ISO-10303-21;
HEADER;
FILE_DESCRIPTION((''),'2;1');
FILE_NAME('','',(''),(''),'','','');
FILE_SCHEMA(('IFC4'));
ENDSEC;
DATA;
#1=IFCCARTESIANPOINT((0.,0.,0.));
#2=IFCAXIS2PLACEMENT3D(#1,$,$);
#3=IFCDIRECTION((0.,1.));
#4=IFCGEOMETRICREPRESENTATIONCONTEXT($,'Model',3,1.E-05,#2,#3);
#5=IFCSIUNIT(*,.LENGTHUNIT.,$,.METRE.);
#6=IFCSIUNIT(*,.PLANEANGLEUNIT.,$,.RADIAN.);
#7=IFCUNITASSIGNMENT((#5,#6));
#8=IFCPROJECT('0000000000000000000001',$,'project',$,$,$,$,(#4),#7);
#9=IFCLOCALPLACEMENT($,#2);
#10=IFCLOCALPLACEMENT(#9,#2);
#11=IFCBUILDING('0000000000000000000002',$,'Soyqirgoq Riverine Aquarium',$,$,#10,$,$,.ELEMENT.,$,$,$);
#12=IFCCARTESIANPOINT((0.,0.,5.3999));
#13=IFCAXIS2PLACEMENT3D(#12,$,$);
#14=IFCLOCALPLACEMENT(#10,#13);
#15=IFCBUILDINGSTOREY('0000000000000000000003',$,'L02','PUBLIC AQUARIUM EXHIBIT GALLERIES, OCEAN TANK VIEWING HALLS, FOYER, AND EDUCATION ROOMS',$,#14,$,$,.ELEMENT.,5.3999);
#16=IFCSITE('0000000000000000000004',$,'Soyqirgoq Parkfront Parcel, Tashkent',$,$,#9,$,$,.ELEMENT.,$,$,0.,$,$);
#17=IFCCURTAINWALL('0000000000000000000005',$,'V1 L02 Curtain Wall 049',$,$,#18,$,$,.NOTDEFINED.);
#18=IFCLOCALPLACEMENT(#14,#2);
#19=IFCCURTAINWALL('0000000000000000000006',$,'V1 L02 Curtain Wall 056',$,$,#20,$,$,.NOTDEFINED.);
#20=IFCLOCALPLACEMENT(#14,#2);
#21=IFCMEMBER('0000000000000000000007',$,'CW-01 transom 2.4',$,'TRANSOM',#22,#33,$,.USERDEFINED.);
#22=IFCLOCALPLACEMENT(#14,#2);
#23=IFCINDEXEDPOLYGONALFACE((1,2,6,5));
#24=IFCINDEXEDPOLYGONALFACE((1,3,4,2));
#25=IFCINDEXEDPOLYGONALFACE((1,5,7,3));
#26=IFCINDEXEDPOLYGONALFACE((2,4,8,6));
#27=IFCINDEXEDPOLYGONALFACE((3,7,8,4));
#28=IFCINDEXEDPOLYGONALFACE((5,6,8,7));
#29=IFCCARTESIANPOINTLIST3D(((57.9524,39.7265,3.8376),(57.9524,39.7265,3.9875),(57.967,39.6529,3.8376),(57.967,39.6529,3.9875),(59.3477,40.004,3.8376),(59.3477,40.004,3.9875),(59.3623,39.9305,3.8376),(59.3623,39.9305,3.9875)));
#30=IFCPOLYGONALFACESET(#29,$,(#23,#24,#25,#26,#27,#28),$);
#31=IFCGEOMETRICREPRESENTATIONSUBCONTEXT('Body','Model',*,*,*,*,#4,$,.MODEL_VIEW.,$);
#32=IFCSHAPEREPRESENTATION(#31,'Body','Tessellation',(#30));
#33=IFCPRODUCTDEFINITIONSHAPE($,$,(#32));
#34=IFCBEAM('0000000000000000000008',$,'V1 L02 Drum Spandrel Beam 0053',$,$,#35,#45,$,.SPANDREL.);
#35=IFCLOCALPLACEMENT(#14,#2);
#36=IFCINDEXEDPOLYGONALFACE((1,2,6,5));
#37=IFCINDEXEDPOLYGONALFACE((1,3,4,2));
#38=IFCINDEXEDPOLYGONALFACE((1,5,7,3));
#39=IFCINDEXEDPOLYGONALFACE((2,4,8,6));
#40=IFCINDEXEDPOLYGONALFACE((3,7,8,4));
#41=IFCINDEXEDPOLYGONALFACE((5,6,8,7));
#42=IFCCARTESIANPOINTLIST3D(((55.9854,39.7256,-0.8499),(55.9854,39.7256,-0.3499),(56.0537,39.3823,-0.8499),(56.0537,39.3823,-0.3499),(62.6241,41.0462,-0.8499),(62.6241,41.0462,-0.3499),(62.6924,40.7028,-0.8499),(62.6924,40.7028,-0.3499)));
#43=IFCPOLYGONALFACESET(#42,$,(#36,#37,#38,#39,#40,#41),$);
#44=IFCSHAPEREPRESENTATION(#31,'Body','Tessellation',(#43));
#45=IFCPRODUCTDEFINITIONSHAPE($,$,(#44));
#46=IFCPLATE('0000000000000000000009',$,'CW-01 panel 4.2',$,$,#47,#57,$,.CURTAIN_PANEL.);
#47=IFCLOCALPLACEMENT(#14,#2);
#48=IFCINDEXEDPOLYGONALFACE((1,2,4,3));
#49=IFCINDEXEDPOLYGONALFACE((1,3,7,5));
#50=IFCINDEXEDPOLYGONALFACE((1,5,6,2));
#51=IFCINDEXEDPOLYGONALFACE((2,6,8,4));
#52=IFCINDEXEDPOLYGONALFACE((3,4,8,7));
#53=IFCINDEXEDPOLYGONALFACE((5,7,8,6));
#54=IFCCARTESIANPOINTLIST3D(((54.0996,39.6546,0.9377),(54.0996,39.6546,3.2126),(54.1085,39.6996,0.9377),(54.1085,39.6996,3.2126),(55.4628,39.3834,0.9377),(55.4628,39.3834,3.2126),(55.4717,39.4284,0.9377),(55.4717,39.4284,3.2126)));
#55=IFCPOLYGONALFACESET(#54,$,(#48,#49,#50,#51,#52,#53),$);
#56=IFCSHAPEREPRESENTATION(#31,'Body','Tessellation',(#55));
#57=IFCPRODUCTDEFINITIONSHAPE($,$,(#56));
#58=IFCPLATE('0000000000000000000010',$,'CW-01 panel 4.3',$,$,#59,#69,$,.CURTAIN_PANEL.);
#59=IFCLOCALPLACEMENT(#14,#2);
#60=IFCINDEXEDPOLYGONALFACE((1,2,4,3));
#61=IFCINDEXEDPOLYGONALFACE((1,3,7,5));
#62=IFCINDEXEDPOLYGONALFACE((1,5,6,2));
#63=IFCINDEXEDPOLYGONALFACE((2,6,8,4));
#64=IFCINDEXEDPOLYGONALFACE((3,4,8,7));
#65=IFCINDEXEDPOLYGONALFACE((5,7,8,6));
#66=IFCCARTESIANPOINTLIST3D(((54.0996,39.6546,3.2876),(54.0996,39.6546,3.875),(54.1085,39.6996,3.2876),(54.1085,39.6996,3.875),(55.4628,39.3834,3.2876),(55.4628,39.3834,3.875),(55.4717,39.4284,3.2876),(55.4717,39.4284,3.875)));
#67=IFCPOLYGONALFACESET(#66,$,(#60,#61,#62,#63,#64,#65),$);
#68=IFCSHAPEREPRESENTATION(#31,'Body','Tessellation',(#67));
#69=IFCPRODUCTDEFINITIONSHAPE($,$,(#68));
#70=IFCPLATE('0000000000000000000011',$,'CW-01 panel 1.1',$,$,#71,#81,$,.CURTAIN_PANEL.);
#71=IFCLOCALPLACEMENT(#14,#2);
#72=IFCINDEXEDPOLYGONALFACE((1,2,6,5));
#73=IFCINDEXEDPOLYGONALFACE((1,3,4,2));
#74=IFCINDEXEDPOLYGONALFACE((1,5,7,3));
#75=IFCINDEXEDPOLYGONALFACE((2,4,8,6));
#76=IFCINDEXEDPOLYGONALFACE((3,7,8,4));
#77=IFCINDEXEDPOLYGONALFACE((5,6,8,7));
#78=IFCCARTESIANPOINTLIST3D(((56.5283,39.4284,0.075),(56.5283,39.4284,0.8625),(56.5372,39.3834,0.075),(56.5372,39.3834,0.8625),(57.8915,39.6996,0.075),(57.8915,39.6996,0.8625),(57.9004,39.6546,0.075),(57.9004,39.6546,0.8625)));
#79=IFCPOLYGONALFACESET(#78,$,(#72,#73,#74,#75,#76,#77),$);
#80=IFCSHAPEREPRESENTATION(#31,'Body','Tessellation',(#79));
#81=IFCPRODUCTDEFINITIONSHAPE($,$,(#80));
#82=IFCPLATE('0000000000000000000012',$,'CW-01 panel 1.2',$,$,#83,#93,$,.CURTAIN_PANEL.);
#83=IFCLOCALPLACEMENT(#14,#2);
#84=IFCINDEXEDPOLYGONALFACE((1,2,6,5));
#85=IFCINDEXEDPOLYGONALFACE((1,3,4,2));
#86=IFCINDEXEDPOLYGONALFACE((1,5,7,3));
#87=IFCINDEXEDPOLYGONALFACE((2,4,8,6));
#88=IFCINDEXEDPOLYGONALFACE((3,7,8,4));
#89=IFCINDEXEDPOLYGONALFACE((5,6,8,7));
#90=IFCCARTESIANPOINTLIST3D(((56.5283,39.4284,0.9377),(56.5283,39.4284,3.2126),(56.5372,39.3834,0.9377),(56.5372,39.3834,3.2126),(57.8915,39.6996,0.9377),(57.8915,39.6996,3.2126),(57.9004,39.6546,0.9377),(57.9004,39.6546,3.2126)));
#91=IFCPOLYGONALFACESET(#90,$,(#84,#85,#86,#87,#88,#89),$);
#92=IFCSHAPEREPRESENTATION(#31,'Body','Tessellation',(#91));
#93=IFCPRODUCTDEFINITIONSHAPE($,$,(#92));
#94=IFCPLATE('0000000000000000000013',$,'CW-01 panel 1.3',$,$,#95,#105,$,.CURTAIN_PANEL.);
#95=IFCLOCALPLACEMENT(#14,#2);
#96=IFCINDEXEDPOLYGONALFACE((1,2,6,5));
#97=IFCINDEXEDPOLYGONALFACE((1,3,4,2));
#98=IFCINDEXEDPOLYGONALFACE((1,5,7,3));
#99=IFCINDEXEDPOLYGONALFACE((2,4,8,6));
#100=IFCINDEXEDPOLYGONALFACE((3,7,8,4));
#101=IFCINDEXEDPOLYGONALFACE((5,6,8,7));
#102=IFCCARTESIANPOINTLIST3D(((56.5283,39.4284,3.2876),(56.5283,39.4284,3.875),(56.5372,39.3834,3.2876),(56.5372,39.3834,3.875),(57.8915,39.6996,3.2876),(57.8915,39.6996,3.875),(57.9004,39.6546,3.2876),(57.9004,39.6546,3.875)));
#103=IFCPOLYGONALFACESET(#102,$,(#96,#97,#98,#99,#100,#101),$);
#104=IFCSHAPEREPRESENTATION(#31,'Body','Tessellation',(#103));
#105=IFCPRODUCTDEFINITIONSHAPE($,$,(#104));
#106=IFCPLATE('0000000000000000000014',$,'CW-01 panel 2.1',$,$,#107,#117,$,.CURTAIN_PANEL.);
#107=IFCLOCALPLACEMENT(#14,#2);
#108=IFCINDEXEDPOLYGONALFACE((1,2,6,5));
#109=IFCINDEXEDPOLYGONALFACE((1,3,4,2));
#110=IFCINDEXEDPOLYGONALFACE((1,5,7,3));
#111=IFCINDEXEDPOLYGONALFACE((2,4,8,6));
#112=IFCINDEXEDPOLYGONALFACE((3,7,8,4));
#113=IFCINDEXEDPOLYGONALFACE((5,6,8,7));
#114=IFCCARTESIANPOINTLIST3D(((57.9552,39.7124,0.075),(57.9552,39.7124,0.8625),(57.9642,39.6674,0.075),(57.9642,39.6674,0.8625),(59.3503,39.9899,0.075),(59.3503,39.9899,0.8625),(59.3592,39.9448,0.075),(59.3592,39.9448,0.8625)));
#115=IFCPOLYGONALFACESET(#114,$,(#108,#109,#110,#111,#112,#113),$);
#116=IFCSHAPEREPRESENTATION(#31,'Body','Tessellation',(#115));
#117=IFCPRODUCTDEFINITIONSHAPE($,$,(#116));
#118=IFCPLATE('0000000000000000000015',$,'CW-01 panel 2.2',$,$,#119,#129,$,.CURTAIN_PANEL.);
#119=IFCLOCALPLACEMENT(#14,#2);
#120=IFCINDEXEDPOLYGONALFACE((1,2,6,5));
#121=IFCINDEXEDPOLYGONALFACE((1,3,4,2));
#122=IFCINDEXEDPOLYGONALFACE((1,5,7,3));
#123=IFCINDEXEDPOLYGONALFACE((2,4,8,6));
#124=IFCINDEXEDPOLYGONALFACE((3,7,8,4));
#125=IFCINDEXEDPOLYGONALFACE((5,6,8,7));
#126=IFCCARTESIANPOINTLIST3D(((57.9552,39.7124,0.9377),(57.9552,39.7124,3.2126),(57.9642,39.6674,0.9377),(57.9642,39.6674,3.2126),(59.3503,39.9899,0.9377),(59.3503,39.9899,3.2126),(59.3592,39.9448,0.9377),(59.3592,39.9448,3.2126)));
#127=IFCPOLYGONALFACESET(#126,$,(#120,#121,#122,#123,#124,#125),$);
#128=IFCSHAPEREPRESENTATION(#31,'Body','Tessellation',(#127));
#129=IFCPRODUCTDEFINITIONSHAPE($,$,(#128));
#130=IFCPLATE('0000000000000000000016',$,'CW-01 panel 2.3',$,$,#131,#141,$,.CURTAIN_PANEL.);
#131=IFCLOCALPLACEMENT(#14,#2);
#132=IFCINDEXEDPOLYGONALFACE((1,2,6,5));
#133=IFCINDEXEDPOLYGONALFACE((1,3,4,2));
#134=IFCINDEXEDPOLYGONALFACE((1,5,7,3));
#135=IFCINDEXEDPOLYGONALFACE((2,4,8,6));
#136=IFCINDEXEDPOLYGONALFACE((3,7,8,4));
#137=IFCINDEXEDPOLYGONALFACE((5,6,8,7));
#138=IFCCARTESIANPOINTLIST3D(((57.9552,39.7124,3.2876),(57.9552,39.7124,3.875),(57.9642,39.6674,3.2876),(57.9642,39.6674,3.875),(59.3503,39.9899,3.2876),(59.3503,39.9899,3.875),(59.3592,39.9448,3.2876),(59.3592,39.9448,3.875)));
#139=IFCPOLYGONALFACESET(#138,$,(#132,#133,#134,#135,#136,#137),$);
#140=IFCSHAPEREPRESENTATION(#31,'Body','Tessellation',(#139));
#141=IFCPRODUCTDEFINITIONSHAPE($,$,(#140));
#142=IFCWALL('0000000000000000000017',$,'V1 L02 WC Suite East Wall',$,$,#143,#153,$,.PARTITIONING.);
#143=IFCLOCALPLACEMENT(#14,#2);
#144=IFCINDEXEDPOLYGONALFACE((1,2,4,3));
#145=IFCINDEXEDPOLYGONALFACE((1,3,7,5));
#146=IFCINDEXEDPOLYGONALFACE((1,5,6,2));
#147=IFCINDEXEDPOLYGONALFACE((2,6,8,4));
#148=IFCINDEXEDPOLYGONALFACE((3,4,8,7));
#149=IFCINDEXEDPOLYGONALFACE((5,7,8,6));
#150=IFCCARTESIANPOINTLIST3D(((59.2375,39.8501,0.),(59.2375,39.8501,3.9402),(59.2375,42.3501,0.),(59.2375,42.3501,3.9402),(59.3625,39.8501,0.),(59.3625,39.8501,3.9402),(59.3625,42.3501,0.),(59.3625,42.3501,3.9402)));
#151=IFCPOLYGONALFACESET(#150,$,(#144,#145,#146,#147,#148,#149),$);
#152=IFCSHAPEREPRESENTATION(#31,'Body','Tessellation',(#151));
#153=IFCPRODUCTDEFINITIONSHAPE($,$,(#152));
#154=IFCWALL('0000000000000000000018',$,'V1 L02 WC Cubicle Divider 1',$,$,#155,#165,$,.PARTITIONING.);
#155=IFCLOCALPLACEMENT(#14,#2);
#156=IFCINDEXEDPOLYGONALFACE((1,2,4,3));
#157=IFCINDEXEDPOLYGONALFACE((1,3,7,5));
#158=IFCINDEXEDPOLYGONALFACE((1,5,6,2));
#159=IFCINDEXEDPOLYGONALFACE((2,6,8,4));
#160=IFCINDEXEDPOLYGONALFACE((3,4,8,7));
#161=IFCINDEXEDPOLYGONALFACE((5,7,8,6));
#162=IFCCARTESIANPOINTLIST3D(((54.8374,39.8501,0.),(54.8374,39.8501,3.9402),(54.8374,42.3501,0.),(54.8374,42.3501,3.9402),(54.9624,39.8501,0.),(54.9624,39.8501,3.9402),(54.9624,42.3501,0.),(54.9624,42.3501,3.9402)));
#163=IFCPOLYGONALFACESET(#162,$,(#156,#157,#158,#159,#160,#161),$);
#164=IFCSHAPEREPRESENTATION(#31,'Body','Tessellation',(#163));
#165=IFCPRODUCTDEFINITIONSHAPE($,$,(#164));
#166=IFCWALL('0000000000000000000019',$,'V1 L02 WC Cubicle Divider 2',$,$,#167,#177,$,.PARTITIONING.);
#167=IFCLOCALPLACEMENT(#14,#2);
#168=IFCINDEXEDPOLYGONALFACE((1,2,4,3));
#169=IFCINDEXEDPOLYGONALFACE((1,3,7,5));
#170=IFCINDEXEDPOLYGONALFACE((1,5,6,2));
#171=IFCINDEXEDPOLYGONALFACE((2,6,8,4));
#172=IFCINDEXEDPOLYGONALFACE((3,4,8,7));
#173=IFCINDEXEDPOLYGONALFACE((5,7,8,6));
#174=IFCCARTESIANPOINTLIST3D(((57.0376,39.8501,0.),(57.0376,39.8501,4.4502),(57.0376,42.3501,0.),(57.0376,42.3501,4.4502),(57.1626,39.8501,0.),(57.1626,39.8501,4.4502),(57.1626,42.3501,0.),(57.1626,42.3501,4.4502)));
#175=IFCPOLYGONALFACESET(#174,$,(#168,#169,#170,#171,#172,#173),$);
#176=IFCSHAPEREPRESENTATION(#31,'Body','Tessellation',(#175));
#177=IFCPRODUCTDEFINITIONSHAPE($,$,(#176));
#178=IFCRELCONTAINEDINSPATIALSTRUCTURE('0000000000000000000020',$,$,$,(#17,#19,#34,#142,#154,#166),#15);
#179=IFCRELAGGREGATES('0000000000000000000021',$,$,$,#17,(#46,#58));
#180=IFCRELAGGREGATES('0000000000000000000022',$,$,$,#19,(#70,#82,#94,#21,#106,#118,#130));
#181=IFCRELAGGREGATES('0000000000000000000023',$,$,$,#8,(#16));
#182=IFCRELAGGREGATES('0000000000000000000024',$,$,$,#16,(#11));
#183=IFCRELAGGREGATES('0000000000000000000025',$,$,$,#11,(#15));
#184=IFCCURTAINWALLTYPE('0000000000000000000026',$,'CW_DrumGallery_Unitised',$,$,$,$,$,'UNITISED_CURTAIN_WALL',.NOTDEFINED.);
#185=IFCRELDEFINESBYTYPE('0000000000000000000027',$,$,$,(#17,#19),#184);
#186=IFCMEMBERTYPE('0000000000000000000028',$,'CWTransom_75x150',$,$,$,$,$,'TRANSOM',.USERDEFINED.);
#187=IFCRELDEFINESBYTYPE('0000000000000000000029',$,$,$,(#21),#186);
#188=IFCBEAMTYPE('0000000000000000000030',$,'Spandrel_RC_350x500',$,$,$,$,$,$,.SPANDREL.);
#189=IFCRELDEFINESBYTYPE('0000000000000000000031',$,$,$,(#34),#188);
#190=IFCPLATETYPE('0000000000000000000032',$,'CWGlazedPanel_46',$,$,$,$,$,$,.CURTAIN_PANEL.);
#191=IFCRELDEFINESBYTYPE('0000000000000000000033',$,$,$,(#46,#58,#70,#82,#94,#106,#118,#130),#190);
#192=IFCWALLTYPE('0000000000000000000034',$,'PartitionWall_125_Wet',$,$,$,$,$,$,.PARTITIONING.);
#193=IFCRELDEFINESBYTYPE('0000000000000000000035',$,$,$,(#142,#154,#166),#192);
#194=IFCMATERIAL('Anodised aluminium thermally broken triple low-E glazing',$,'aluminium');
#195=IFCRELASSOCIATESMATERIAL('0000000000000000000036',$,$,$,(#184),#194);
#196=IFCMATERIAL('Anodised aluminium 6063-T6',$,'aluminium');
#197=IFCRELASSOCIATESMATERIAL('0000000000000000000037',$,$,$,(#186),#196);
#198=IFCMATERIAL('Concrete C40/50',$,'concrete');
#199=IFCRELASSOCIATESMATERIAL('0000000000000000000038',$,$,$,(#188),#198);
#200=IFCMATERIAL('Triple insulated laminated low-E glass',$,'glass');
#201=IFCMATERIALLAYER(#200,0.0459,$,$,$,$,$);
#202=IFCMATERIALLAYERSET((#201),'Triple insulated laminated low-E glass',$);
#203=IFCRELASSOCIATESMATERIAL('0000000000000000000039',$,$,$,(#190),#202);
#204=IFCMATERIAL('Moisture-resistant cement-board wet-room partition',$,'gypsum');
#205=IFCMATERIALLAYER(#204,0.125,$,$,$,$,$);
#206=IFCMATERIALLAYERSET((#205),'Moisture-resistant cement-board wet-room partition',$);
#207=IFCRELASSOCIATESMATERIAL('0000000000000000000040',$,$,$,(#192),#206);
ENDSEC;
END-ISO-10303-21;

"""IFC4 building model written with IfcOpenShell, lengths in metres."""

from ifc_helpers import new_model, si_unit, direction, frame, frame_2d, origin, origin_2d, place, context, subcontext, project, spatial, rectangle, extrude, material, layer, layer_set, material_profile, profile_set, type_object, element, aggregate, save


model = new_model("IFC4")

# Units and contexts
model_context = context("Model", 3, precision=1e-05, world=origin(), true_north=direction((0.0, 1.0)))
body_context = subcontext(model_context, "Body", "Model", "MODEL_VIEW")
ifc_project = project(units=[si_unit("LENGTHUNIT", "METRE"), si_unit("PLANEANGLEUNIT", "RADIAN")], contexts=[model_context])

# Site, building, storey
site_placement = place(None, origin())
site = spatial("IfcSite", under=ifc_project, at=site_placement, Name="Soyqirgoq Parkfront Parcel, Tashkent", CompositionType="ELEMENT", RefElevation=0.0)
building_placement = place(site_placement, origin())
building = spatial("IfcBuilding", under=site, at=building_placement, Name="Soyqirgoq Riverine Aquarium", CompositionType="ELEMENT")
storey_placement = place(building_placement, frame((0.0, 0.0, 5.3999)))
storey = spatial("IfcBuildingStorey", under=building, at=storey_placement, Name="L02", Description="PUBLIC AQUARIUM EXHIBIT GALLERIES, OCEAN TANK VIEWING HALLS, FOYER, AND EDUCATION ROOMS", CompositionType="ELEMENT", Elevation=5.3999)

# Curtain wall
ifc_material_1 = material(Name="Anodised aluminium thermally broken triple low-E glazing", Category="aluminium")
curtain_wall_type = type_object("IfcCurtainWallType", Name="CW_DrumGallery_Unitised", ElementType="UNITISED_CURTAIN_WALL", PredefinedType="NOTDEFINED", material=ifc_material_1)
curtain_wall_1_placement = place(storey_placement, origin())
curtain_wall_1 = element("IfcCurtainWall", 1, at=curtain_wall_1_placement, inside=storey, type_object=curtain_wall_type, Name="V1 L02 Curtain Wall 049", PredefinedType="NOTDEFINED")

# Curtain wall, member
curtain_wall_2_placement = place(storey_placement, origin())
curtain_wall_2 = element("IfcCurtainWall", 2, at=curtain_wall_2_placement, inside=storey, type_object=curtain_wall_type, Name="V1 L02 Curtain Wall 056", PredefinedType="NOTDEFINED")
ifc_material_2 = material(Name="Anodised aluminium 6063-T6", Category="aluminium")
ifc_material_profile_1 = material_profile(ifc_material_2, rectangle(XDim=0.075, YDim=0.1499, at=origin_2d()), Name="ALU-T 75x150")
ifc_profile_set_1 = profile_set([ifc_material_profile_1], Name="Anodised aluminium 6063-T6")
member_type_1 = type_object("IfcMemberType", Name="CWTransom_75x150", ElementType="TRANSOM", PredefinedType="USERDEFINED", material=ifc_profile_set_1)
member_1_placement = place(storey_placement, frame((57.9597, 39.6897, 3.9126), z_axis=(0.980778, 0.195126, 0.0), x_axis=(-0.195126, 0.980778, 0.0)))
member_1 = element("IfcMember", 3, at=member_1_placement, type_object=member_type_1, Name="CW-01 transom 2.4", ObjectType="TRANSOM", PredefinedType="USERDEFINED", context=body_context, shape_type="SweptSolid", body=[
    extrude(rectangle(XDim=0.075, YDim=0.1499, at=origin_2d()), origin(), (0.0, 0.0, 1.0), 1.4226),
])

# Beam
ifc_material_3 = material(Name="Concrete C40/50", Category="concrete")
ifc_material_profile_2 = material_profile(ifc_material_3, rectangle(XDim=0.3501, YDim=0.5, at=origin_2d()), Name="RC 350x500")
ifc_profile_set_2 = profile_set([ifc_material_profile_2], Name="Concrete C40/50")
beam_type = type_object("IfcBeamType", Name="Spandrel_RC_350x500", PredefinedType="SPANDREL", material=ifc_profile_set_2)
beam_placement = place(storey_placement, frame((56.0195, 39.554, -0.5999), z_axis=(0.980784, 0.195096, 0.0), x_axis=(-0.195096, 0.980784, 0.0)))
element("IfcBeam", 4, at=beam_placement, inside=storey, type_object=beam_type, Name="V1 L02 Drum Spandrel Beam 0053", PredefinedType="SPANDREL", context=body_context, shape_type="SweptSolid", body=[
    extrude(rectangle(XDim=0.3501, YDim=0.5, at=origin_2d()), origin(), (0.0, 0.0, 1.0), 6.7688),
])

# Plates
ifc_material_4 = material(Name="Triple insulated laminated low-E glass", Category="glass")
ifc_layer_1 = layer(ifc_material_4, 0.0459)
ifc_layer_set_1 = layer_set([ifc_layer_1], Name="Triple insulated laminated low-E glass")
plate_type = type_object("IfcPlateType", Name="CWGlazedPanel_46", PredefinedType="CURTAIN_PANEL", material=ifc_layer_set_1)
plate_1_placement = place(storey_placement, frame((54.7856, 39.5415, 0.9377), z_axis=(0.0, 0.0, 1.0), x_axis=(0.980786, -0.195088, 0.0)))
plate_1 = element("IfcPlate", 5, at=plate_1_placement, type_object=plate_type, Name="CW-01 panel 4.2", PredefinedType="CURTAIN_PANEL", context=body_context, shape_type="SweptSolid", body=[
    extrude(rectangle(XDim=1.3899, YDim=0.0459, at=origin_2d()), origin(), (0.0, 0.0, 1.0), 2.2749),
])
plate_2_placement = place(storey_placement, frame((54.7856, 39.5415, 3.2876), z_axis=(0.0, 0.0, 1.0), x_axis=(0.980786, -0.195088, 0.0)))
plate_2 = element("IfcPlate", 6, at=plate_2_placement, type_object=plate_type, Name="CW-01 panel 4.3", PredefinedType="CURTAIN_PANEL", context=body_context, shape_type="SweptSolid", body=[
    extrude(rectangle(XDim=1.3899, YDim=0.0459, at=origin_2d()), origin(), (0.0, 0.0, 1.0), 0.5874),
])
aggregate(curtain_wall_1, [plate_1, plate_2])
plate_3_placement = place(storey_placement, frame((57.2144, 39.5415, 0.075), z_axis=(0.0, 0.0, 1.0), x_axis=(0.980786, 0.195088, 0.0)))
plate_3 = element("IfcPlate", 7, at=plate_3_placement, type_object=plate_type, Name="CW-01 panel 1.1", PredefinedType="CURTAIN_PANEL", context=body_context, shape_type="SweptSolid", body=[
    extrude(rectangle(XDim=1.3899, YDim=0.0459, at=origin_2d()), origin(), (0.0, 0.0, 1.0), 0.7876),
])
plate_4_placement = place(storey_placement, frame((57.2144, 39.5415, 0.9377), z_axis=(0.0, 0.0, 1.0), x_axis=(0.980786, 0.195088, 0.0)))
plate_4 = element("IfcPlate", 8, at=plate_4_placement, type_object=plate_type, Name="CW-01 panel 1.2", PredefinedType="CURTAIN_PANEL", context=body_context, shape_type="SweptSolid", body=[
    extrude(rectangle(XDim=1.3899, YDim=0.0459, at=origin_2d()), origin(), (0.0, 0.0, 1.0), 2.2749),
])
plate_5_placement = place(storey_placement, frame((57.2144, 39.5415, 3.2876), z_axis=(0.0, 0.0, 1.0), x_axis=(0.980786, 0.195088, 0.0)))
plate_5 = element("IfcPlate", 9, at=plate_5_placement, type_object=plate_type, Name="CW-01 panel 1.3", PredefinedType="CURTAIN_PANEL", context=body_context, shape_type="SweptSolid", body=[
    extrude(rectangle(XDim=1.3899, YDim=0.0459, at=origin_2d()), origin(), (0.0, 0.0, 1.0), 0.5874),
])
plate_6_placement = place(storey_placement, frame((58.6572, 39.8286, 0.075), z_axis=(0.0, 0.0, 1.0), x_axis=(0.980786, 0.195088, 0.0)))
plate_6 = element("IfcPlate", 10, at=plate_6_placement, type_object=plate_type, Name="CW-01 panel 2.1", PredefinedType="CURTAIN_PANEL", context=body_context, shape_type="SweptSolid", body=[
    extrude(rectangle(XDim=1.4224, YDim=0.0459, at=origin_2d()), origin(), (0.0, 0.0, 1.0), 0.7876),
])
plate_7_placement = place(storey_placement, frame((58.6572, 39.8286, 0.9377), z_axis=(0.0, 0.0, 1.0), x_axis=(0.980786, 0.195088, 0.0)))
plate_7 = element("IfcPlate", 11, at=plate_7_placement, type_object=plate_type, Name="CW-01 panel 2.2", PredefinedType="CURTAIN_PANEL", context=body_context, shape_type="SweptSolid", body=[
    extrude(rectangle(XDim=1.4224, YDim=0.0459, at=origin_2d()), origin(), (0.0, 0.0, 1.0), 2.2749),
])
plate_8_placement = place(storey_placement, frame((58.6572, 39.8286, 3.2876), z_axis=(0.0, 0.0, 1.0), x_axis=(0.980786, 0.195088, 0.0)))
plate_8 = element("IfcPlate", 12, at=plate_8_placement, type_object=plate_type, Name="CW-01 panel 2.3", PredefinedType="CURTAIN_PANEL", context=body_context, shape_type="SweptSolid", body=[
    extrude(rectangle(XDim=1.4224, YDim=0.0459, at=origin_2d()), origin(), (0.0, 0.0, 1.0), 0.5874),
])
aggregate(curtain_wall_2, [plate_3, plate_4, plate_5, member_1, plate_6, plate_7, plate_8])

# Walls
ifc_material_5 = material(Name="Moisture-resistant cement-board wet-room partition", Category="gypsum")
ifc_layer_2 = layer(ifc_material_5, 0.125)
ifc_layer_set_2 = layer_set([ifc_layer_2], Name="Moisture-resistant cement-board wet-room partition")
wall_type = type_object("IfcWallType", Name="PartitionWall_125_Wet", PredefinedType="PARTITIONING", material=ifc_layer_set_2)
for number, where, z_axis, x_axis, name in (
    (13, (59.3, 39.8501, 0.0), (0.0, 0.0, 1.0), (0.0, 1.0, 0.0), "V1 L02 WC Suite East Wall"),
    (14, (54.8999, 39.8501, 0.0), (0.0, 0.0, 1.0), (0.0, 1.0, 0.0), "V1 L02 WC Cubicle Divider 1"),
):
    element("IfcWall", number, at=place(storey_placement, frame(where, z_axis=z_axis, x_axis=x_axis)), inside=storey, type_object=wall_type, Name=name, PredefinedType="PARTITIONING", context=body_context, shape_type="SweptSolid", body=[
        extrude(rectangle(XDim=2.5, YDim=0.125, at=frame_2d((1.25, 0.0))), origin(), (0.0, 0.0, 1.0), 3.9402),
    ])
wall_placement = place(storey_placement, frame((57.1001, 39.8501, 0.0), z_axis=(0.0, 0.0, 1.0), x_axis=(0.0, 1.0, 0.0)))
element("IfcWall", 15, at=wall_placement, inside=storey, type_object=wall_type, Name="V1 L02 WC Cubicle Divider 2", PredefinedType="PARTITIONING", context=body_context, shape_type="SweptSolid", body=[
    extrude(rectangle(XDim=2.5, YDim=0.125, at=frame_2d((1.25, 0.0))), origin(), (0.0, 0.0, 1.0), 4.4502),
])

save(model, "model.ifc")
